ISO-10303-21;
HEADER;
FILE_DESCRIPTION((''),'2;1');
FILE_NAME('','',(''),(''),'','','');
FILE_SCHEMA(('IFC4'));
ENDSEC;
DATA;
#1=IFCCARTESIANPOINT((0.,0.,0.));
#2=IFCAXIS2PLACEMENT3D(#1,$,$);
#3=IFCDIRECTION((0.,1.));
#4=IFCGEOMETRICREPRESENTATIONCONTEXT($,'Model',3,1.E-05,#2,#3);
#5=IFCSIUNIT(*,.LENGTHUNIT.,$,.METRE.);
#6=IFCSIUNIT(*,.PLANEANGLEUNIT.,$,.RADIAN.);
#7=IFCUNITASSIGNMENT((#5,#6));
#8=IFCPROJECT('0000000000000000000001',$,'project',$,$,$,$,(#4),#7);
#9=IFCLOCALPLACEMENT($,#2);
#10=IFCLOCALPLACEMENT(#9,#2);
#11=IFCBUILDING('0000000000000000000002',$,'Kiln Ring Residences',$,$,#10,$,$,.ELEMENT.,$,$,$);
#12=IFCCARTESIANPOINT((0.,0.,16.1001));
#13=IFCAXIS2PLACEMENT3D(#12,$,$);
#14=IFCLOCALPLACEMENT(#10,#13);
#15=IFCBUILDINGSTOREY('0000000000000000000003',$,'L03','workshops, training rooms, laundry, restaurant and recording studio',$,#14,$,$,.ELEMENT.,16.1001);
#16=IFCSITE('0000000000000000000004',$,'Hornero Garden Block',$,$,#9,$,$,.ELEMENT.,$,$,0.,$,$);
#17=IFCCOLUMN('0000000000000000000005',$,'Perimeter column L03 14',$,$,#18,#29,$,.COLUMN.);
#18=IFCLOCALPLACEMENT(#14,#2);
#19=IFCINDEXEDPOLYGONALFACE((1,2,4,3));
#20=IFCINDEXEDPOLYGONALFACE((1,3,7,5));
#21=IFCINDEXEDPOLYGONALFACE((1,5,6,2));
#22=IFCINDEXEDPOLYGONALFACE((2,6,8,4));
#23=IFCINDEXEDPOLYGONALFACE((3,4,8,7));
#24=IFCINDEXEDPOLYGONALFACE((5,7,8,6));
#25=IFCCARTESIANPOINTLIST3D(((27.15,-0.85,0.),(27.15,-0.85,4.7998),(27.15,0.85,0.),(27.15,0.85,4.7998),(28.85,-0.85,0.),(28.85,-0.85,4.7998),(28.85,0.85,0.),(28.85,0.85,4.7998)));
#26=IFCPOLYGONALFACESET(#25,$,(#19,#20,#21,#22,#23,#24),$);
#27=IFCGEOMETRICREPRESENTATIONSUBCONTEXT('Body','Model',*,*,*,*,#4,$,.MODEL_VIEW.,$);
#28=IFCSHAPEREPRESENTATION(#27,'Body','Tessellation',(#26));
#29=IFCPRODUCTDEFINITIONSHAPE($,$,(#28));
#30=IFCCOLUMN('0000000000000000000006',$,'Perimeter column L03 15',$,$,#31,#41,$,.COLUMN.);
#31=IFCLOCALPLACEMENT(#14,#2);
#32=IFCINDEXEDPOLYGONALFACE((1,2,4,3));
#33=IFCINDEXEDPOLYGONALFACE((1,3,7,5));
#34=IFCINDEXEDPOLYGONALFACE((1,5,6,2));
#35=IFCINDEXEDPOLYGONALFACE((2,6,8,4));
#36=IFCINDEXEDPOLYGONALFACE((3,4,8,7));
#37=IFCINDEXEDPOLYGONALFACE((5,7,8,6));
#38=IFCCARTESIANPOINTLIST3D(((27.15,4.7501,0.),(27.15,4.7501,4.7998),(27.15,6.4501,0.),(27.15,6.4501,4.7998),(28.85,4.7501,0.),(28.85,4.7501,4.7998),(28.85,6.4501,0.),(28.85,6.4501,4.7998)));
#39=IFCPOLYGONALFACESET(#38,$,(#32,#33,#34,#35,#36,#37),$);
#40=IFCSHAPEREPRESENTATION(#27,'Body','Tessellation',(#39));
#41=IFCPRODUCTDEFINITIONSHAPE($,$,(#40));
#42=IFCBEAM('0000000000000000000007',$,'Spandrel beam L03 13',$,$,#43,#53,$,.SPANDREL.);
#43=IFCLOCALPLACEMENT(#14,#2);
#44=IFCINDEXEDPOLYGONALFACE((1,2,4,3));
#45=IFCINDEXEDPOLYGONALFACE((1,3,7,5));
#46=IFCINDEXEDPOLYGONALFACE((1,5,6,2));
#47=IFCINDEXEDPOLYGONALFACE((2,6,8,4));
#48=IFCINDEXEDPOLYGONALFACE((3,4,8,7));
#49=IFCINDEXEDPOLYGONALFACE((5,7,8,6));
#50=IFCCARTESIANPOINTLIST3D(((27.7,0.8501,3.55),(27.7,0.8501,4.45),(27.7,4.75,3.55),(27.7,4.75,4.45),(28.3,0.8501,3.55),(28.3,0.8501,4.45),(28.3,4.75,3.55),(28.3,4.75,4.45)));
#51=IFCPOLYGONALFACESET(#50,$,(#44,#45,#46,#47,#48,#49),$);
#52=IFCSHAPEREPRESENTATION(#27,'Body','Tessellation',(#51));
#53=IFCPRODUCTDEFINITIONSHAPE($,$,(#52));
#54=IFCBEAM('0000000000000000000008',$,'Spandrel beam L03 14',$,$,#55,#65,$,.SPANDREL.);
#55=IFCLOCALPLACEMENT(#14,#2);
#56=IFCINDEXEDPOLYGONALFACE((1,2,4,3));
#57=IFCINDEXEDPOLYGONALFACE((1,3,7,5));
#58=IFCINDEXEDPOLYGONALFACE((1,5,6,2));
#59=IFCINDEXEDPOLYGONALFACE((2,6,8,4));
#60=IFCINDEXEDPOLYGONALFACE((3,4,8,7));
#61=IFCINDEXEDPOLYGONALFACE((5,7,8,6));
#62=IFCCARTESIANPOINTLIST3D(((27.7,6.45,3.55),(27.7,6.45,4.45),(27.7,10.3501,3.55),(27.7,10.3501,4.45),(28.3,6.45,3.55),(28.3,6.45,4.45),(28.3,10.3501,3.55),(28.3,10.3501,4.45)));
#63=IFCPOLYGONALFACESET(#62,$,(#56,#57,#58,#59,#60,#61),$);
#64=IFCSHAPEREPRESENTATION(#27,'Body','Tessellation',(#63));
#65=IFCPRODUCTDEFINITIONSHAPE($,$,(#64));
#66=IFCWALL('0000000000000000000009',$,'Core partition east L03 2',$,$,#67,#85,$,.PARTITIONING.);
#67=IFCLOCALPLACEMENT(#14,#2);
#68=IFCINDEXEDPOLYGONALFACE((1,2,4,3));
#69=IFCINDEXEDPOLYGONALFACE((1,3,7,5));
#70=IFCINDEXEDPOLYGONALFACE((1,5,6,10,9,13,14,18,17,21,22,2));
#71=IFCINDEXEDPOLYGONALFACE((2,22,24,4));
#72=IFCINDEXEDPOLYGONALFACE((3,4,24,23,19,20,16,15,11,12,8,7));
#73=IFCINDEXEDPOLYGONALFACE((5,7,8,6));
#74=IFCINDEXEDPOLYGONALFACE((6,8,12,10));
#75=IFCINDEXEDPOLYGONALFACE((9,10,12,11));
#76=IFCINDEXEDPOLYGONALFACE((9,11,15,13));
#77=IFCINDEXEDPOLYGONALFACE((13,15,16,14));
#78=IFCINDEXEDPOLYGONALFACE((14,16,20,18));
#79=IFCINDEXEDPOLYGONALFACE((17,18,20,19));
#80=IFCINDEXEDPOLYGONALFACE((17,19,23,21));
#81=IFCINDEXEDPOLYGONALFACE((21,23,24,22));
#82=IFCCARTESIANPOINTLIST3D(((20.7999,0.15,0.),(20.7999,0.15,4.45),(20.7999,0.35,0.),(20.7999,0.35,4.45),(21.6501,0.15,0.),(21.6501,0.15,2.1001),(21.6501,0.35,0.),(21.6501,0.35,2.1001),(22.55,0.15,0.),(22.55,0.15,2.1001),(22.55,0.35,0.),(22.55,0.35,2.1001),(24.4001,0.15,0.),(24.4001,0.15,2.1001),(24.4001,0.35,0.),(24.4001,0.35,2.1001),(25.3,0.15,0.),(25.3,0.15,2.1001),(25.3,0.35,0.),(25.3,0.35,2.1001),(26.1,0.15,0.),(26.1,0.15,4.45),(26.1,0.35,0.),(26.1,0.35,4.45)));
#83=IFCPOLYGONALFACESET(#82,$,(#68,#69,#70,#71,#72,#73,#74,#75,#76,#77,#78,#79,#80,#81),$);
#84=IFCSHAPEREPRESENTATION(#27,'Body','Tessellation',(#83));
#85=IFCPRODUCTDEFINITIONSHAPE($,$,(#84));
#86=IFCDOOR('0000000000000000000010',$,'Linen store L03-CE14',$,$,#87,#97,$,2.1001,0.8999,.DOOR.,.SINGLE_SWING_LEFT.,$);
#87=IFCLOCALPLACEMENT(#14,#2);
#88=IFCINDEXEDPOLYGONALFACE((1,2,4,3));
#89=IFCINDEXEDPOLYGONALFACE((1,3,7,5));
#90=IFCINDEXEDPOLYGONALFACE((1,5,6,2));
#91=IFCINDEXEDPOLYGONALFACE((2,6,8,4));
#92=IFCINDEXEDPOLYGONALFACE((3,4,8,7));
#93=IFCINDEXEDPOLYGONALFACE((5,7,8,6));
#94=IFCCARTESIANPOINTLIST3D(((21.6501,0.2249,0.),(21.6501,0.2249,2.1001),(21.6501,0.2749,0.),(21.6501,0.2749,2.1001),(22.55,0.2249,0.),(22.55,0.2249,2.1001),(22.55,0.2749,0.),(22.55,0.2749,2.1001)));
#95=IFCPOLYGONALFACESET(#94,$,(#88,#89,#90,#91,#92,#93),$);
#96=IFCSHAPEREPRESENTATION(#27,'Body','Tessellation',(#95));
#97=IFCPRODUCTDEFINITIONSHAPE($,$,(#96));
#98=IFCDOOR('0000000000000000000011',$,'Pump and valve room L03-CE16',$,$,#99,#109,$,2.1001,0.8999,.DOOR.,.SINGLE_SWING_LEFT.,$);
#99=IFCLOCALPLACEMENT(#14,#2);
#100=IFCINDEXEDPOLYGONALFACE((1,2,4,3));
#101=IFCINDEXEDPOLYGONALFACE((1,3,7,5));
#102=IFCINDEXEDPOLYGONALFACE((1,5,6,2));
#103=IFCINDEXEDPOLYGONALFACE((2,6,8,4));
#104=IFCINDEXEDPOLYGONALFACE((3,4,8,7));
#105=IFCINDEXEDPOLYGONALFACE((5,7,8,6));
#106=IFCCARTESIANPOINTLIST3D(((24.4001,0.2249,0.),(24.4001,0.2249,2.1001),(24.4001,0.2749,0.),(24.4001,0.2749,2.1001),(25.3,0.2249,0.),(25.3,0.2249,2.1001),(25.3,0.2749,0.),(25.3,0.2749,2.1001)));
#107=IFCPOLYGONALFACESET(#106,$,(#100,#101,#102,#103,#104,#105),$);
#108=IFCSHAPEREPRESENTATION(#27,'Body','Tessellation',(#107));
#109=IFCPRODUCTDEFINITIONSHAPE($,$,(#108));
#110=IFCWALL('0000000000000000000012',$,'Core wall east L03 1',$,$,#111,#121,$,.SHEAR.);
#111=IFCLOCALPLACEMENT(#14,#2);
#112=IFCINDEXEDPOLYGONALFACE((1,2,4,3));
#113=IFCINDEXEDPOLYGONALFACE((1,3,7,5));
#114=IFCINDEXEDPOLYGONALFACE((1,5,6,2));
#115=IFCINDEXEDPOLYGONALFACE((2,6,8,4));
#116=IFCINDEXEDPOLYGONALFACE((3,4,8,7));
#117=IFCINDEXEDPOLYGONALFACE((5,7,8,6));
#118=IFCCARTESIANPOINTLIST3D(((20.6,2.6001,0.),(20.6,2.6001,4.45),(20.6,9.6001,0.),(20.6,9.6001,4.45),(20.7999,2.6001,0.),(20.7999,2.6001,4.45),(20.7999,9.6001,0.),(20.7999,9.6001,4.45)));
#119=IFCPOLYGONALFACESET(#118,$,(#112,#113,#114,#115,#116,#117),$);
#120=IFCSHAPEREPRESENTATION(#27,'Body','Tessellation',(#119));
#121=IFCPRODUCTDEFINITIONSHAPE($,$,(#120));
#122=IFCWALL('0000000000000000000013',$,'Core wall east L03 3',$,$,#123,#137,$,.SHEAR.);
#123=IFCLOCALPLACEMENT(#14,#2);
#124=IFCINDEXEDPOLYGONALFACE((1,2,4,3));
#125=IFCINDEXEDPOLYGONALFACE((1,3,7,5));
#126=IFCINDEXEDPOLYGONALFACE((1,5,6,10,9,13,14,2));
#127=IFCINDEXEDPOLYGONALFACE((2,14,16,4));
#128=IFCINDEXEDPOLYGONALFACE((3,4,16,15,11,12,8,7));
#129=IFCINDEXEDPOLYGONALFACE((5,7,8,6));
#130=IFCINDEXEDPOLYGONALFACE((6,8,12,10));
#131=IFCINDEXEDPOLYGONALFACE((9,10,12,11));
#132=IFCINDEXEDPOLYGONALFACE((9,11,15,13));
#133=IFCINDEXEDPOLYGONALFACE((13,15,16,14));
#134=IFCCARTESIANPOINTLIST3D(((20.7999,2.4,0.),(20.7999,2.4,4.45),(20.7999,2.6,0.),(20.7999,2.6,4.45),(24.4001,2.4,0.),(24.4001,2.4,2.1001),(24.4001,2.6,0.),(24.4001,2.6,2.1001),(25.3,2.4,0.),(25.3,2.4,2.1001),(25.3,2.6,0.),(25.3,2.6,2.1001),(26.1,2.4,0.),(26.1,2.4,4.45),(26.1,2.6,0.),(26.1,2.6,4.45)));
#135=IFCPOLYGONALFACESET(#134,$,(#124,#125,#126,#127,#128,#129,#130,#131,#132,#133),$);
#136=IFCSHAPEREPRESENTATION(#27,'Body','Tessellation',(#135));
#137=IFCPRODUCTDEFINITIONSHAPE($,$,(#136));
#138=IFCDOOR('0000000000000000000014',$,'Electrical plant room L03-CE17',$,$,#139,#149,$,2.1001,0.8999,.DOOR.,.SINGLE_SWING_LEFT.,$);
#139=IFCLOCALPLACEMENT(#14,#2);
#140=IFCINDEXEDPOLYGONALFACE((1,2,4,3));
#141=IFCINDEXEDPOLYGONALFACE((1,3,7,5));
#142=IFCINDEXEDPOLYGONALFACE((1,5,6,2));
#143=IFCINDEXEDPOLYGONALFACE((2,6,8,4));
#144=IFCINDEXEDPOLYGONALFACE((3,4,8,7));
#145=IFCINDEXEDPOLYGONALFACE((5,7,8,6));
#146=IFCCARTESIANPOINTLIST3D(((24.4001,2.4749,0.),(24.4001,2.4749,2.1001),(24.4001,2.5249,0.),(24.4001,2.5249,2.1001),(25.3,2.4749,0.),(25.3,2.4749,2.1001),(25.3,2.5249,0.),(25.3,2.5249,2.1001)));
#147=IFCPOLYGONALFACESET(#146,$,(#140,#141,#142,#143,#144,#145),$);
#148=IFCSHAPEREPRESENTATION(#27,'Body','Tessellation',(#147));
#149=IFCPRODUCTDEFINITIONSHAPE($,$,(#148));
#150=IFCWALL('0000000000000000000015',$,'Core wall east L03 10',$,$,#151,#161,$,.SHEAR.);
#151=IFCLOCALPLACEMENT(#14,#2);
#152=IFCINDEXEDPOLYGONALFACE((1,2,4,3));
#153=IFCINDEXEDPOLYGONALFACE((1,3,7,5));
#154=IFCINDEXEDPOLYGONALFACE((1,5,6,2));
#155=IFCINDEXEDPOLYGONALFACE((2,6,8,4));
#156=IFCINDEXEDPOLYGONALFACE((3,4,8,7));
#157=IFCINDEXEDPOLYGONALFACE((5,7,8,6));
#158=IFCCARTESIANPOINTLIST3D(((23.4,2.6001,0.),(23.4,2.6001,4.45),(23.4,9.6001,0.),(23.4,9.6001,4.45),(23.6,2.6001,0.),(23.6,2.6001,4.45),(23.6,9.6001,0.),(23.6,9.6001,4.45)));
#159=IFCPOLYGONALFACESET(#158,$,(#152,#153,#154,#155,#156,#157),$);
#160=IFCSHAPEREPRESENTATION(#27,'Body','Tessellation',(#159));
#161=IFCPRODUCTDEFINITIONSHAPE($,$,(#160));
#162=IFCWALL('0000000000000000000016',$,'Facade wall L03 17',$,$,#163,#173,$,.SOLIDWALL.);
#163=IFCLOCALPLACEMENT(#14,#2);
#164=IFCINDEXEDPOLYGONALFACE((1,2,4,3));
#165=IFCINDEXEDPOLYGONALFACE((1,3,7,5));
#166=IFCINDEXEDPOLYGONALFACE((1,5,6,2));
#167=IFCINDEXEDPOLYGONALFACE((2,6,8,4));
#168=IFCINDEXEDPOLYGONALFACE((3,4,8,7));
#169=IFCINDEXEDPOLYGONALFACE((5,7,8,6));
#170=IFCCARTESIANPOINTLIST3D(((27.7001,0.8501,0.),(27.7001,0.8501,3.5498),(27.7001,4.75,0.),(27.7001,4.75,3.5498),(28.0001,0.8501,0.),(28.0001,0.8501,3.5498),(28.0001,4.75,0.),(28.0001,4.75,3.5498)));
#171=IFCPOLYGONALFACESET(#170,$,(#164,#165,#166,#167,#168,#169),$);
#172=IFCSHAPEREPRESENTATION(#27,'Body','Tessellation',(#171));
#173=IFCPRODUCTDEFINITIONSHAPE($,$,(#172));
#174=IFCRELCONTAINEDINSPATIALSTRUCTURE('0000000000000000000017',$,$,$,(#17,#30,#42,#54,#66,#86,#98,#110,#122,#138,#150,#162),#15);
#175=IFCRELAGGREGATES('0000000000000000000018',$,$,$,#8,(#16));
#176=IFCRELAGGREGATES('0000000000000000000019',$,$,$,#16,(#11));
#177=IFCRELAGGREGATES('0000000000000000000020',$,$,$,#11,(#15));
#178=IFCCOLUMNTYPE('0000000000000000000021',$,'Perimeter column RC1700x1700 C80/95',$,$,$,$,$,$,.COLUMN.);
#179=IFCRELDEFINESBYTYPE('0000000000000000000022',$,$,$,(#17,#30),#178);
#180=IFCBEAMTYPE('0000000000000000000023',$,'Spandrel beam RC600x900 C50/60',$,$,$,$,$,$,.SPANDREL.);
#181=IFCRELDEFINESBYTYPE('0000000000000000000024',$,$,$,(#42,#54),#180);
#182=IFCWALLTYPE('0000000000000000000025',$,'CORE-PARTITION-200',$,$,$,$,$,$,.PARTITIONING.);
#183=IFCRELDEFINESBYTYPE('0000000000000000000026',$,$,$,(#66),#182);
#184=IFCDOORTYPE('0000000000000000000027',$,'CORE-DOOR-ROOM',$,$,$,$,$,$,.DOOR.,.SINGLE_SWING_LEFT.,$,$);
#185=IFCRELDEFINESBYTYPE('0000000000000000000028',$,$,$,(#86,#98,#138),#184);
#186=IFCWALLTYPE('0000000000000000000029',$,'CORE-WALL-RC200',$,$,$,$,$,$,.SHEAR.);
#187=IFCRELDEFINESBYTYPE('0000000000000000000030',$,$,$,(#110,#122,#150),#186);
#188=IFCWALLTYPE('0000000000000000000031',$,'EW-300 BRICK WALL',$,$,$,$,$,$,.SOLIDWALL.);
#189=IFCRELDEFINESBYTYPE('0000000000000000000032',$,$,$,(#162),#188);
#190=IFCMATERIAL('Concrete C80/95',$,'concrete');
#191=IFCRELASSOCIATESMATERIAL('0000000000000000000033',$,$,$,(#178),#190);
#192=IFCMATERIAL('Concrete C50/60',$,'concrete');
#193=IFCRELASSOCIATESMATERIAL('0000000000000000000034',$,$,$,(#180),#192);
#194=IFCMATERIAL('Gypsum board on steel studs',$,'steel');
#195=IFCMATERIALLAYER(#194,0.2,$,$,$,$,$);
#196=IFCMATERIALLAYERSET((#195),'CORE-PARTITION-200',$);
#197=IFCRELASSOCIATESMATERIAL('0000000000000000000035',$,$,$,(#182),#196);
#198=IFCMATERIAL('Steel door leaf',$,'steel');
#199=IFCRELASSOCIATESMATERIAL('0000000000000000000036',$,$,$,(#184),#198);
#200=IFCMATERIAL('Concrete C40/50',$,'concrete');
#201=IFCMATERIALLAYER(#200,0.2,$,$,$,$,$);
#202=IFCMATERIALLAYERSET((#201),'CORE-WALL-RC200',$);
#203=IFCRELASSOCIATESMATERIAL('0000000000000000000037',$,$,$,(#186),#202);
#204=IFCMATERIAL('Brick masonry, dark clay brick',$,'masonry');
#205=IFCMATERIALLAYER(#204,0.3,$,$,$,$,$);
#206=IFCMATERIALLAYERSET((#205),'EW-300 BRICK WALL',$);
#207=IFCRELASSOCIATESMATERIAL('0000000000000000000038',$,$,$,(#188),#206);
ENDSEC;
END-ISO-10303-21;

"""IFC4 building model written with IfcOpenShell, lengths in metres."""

from ifc_helpers import new_model, si_unit, direction, frame, frame_2d, origin, origin_2d, place, context, subcontext, project, spatial, rectangle, extrude, material, layer, layer_set, material_profile, profile_set, type_object, element, fill, save


model = new_model("IFC4")

# Units and contexts
model_context = context("Model", 3, precision=1e-05, world=origin(), true_north=direction((0.0, 1.0)))
body_context = subcontext(model_context, "Body", "Model", "MODEL_VIEW")
ifc_project = project(units=[si_unit("LENGTHUNIT", "METRE"), si_unit("PLANEANGLEUNIT", "RADIAN")], contexts=[model_context])

# Site, building, storey
site_placement = place(None, origin())
site = spatial("IfcSite", under=ifc_project, at=site_placement, Name="Hornero Garden Block", CompositionType="ELEMENT", RefElevation=0.0)
building_placement = place(site_placement, origin())
building = spatial("IfcBuilding", under=site, at=building_placement, Name="Kiln Ring Residences", CompositionType="ELEMENT")
storey_placement = place(building_placement, frame((0.0, 0.0, 16.1001)))
storey = spatial("IfcBuildingStorey", under=building, at=storey_placement, Name="L03", Description="workshops, training rooms, laundry, restaurant and recording studio", CompositionType="ELEMENT", Elevation=16.1001)

# Columns
ifc_material_1 = material(Name="Concrete C80/95", Category="concrete")
ifc_material_profile_1 = material_profile(ifc_material_1, rectangle(XDim=1.7, YDim=1.7, at=origin_2d()), Name="RC1700x1700")
ifc_profile_set_1 = profile_set([ifc_material_profile_1], Name="Concrete C80/95")
column_type = type_object("IfcColumnType", Name="Perimeter column RC1700x1700 C80/95", PredefinedType="COLUMN", material=ifc_profile_set_1)
for number, where, z_axis, x_axis, name in (
    (1, (28.0, 0.0, 0.0), (0.0, 0.0, 1.0), (1.0, 0.0, 0.0), "Perimeter column L03 14"),
    (2, (28.0, 5.6001, 0.0), (0.0, 0.0, 1.0), (1.0, 0.0, 0.0), "Perimeter column L03 15"),
):
    element("IfcColumn", number, at=place(storey_placement, frame(where, z_axis=z_axis, x_axis=x_axis)), inside=storey, type_object=column_type, Name=name, PredefinedType="COLUMN", context=body_context, shape_type="SweptSolid", body=[
        extrude(rectangle(XDim=1.7, YDim=1.7, at=origin_2d()), origin(), (0.0, 0.0, 1.0), 4.7998),
    ])

# Beams
ifc_material_2 = material(Name="Concrete C50/60", Category="concrete")
ifc_material_profile_2 = material_profile(ifc_material_2, rectangle(XDim=0.6001, YDim=0.8999, at=origin_2d()), Name="RC600x900")
ifc_profile_set_2 = profile_set([ifc_material_profile_2], Name="Concrete C50/60")
beam_type = type_object("IfcBeamType", Name="Spandrel beam RC600x900 C50/60", PredefinedType="SPANDREL", material=ifc_profile_set_2)
beam_1_placement = place(storey_placement, frame((28.0, 0.8501, 4.0), z_axis=(0.0, 1.0, 0.0), x_axis=(-1.0, 0.0, 0.0)))
element("IfcBeam", 3, at=beam_1_placement, inside=storey, type_object=beam_type, Name="Spandrel beam L03 13", PredefinedType="SPANDREL", context=body_context, shape_type="SweptSolid", body=[
    extrude(rectangle(XDim=0.6001, YDim=0.8999, at=origin_2d()), origin(), (0.0, 0.0, 1.0), 3.8999),
])
beam_2_placement = place(storey_placement, frame((28.0, 6.45, 4.0), z_axis=(0.0, 1.0, 0.0), x_axis=(-1.0, 0.0, 0.0)))
element("IfcBeam", 4, at=beam_2_placement, inside=storey, type_object=beam_type, Name="Spandrel beam L03 14", PredefinedType="SPANDREL", context=body_context, shape_type="SweptSolid", body=[
    extrude(rectangle(XDim=0.6001, YDim=0.8999, at=origin_2d()), origin(), (0.0, 0.0, 1.0), 3.9001),
])

# Wall, openings, doors
ifc_material_3 = material(Name="Gypsum board on steel studs", Category="steel")
ifc_layer_1 = layer(ifc_material_3, 0.2)
ifc_layer_set_1 = layer_set([ifc_layer_1], Name="CORE-PARTITION-200")
wall_type_1 = type_object("IfcWallType", Name="CORE-PARTITION-200", PredefinedType="PARTITIONING", material=ifc_layer_set_1)
wall_1_placement = place(storey_placement, frame((20.8, 0.25, 0.0), z_axis=(0.0, 0.0, 1.0), x_axis=(1.0, 0.0, 0.0)))
wall_1 = element("IfcWall", 5, at=wall_1_placement, inside=storey, type_object=wall_type_1, Name="Core partition east L03 2", PredefinedType="PARTITIONING", context=body_context, shape_type="SweptSolid", body=[
    extrude(rectangle(XDim=5.3, YDim=0.2, at=frame_2d((2.6499, 0.0))), origin(), (0.0, 0.0, 1.0), 4.45),
])
opening_1_placement = place(wall_1_placement, frame((0.8501, 0.0, 0.0)))
opening_1 = element("IfcOpeningElement", 6, at=opening_1_placement, cuts=wall_1, PredefinedType="OPENING", context=body_context, shape_type="SweptSolid", body=[
    extrude(rectangle(XDim=0.8999, YDim=2.1001, at=frame_2d((0.45, 1.05))), frame((0.0, 0.1099, 0.0), z_axis=(0.0, -1.0, 0.0), x_axis=(1.0, 0.0, 0.0)), (0.0, 0.0, 1.0), 0.22),
])
opening_2_placement = place(wall_1_placement, frame((3.6001, 0.0, 0.0)))
opening_2 = element("IfcOpeningElement", 7, at=opening_2_placement, cuts=wall_1, PredefinedType="OPENING", context=body_context, shape_type="SweptSolid", body=[
    extrude(rectangle(XDim=0.8999, YDim=2.1001, at=frame_2d((0.45, 1.05))), frame((0.0, 0.1099, 0.0), z_axis=(0.0, -1.0, 0.0), x_axis=(1.0, 0.0, 0.0)), (0.0, 0.0, 1.0), 0.22),
])
ifc_material_4 = material(Name="Steel door leaf", Category="steel")
door_type = type_object("IfcDoorType", Name="CORE-DOOR-ROOM", OperationType="SINGLE_SWING_LEFT", PredefinedType="DOOR", material=ifc_material_4)
door_1_placement = place(opening_1_placement, origin())
door_1 = element("IfcDoor", 8, at=door_1_placement, inside=storey, type_object=door_type, Name="Linen store L03-CE14", OperationType="SINGLE_SWING_LEFT", OverallHeight=2.1001, OverallWidth=0.8999, PredefinedType="DOOR", context=body_context, shape_type="SweptSolid", body=[
    extrude(rectangle(XDim=0.8999, YDim=2.1001, at=frame_2d((0.45, 1.05))), frame((0.0, 0.0249, 0.0), z_axis=(0.0, -1.0, 0.0), x_axis=(1.0, 0.0, 0.0)), (0.0, 0.0, 1.0), 0.05),
])
fill(opening_1, door_1)
door_2_placement = place(opening_2_placement, origin())
door_2 = element("IfcDoor", 9, at=door_2_placement, inside=storey, type_object=door_type, Name="Pump and valve room L03-CE16", OperationType="SINGLE_SWING_LEFT", OverallHeight=2.1001, OverallWidth=0.8999, PredefinedType="DOOR", context=body_context, shape_type="SweptSolid", body=[
    extrude(rectangle(XDim=0.8999, YDim=2.1001, at=frame_2d((0.45, 1.05))), frame((0.0, 0.0249, 0.0), z_axis=(0.0, -1.0, 0.0), x_axis=(1.0, 0.0, 0.0)), (0.0, 0.0, 1.0), 0.05),
])
fill(opening_2, door_2)

# Wall
ifc_material_5 = material(Name="Concrete C40/50", Category="concrete")
ifc_layer_2 = layer(ifc_material_5, 0.2)
ifc_layer_set_2 = layer_set([ifc_layer_2], Name="CORE-WALL-RC200")
wall_type_2 = type_object("IfcWallType", Name="CORE-WALL-RC200", PredefinedType="SHEAR", material=ifc_layer_set_2)
wall_2_placement = place(storey_placement, frame((20.7, 2.6001, 0.0), z_axis=(0.0, 0.0, 1.0), x_axis=(0.0, 1.0, 0.0)))
element("IfcWall", 10, at=wall_2_placement, inside=storey, type_object=wall_type_2, Name="Core wall east L03 1", PredefinedType="SHEAR", context=body_context, shape_type="SweptSolid", body=[
    extrude(rectangle(XDim=7.0, YDim=0.2, at=frame_2d((3.5, 0.0))), origin(), (0.0, 0.0, 1.0), 4.45),
])

# Wall, opening, door
wall_3_placement = place(storey_placement, frame((20.8, 2.5, 0.0), z_axis=(0.0, 0.0, 1.0), x_axis=(1.0, 0.0, 0.0)))
wall_3 = element("IfcWall", 11, at=wall_3_placement, inside=storey, type_object=wall_type_2, Name="Core wall east L03 3", PredefinedType="SHEAR", context=body_context, shape_type="SweptSolid", body=[
    extrude(rectangle(XDim=5.3, YDim=0.2, at=frame_2d((2.6499, 0.0))), origin(), (0.0, 0.0, 1.0), 4.45),
])
opening_3_placement = place(wall_3_placement, frame((3.6001, 0.0, 0.0)))
opening_3 = element("IfcOpeningElement", 12, at=opening_3_placement, cuts=wall_3, PredefinedType="OPENING", context=body_context, shape_type="SweptSolid", body=[
    extrude(rectangle(XDim=0.8999, YDim=2.1001, at=frame_2d((0.45, 1.05))), frame((0.0, 0.1099, 0.0), z_axis=(0.0, -1.0, 0.0), x_axis=(1.0, 0.0, 0.0)), (0.0, 0.0, 1.0), 0.22),
])
door_3_placement = place(opening_3_placement, origin())
door_3 = element("IfcDoor", 13, at=door_3_placement, inside=storey, type_object=door_type, Name="Electrical plant room L03-CE17", OperationType="SINGLE_SWING_LEFT", OverallHeight=2.1001, OverallWidth=0.8999, PredefinedType="DOOR", context=body_context, shape_type="SweptSolid", body=[
    extrude(rectangle(XDim=0.8999, YDim=2.1001, at=frame_2d((0.45, 1.05))), frame((0.0, 0.0249, 0.0), z_axis=(0.0, -1.0, 0.0), x_axis=(1.0, 0.0, 0.0)), (0.0, 0.0, 1.0), 0.05),
])
fill(opening_3, door_3)

# Walls
wall_4_placement = place(storey_placement, frame((23.5, 2.6001, 0.0), z_axis=(0.0, 0.0, 1.0), x_axis=(0.0, 1.0, 0.0)))
element("IfcWall", 14, at=wall_4_placement, inside=storey, type_object=wall_type_2, Name="Core wall east L03 10", PredefinedType="SHEAR", context=body_context, shape_type="SweptSolid", body=[
    extrude(rectangle(XDim=7.0, YDim=0.2, at=frame_2d((3.5, 0.0))), origin(), (0.0, 0.0, 1.0), 4.45),
])
ifc_material_6 = material(Name="Brick masonry, dark clay brick", Category="masonry")
ifc_layer_3 = layer(ifc_material_6, 0.3)
ifc_layer_set_3 = layer_set([ifc_layer_3], Name="EW-300 BRICK WALL")
wall_type_3 = type_object("IfcWallType", Name="EW-300 BRICK WALL", PredefinedType="SOLIDWALL", material=ifc_layer_set_3)
wall_5_placement = place(storey_placement, frame((27.8501, 0.8501, 0.0), z_axis=(0.0, 0.0, 1.0), x_axis=(0.0, 1.0, 0.0)))
element("IfcWall", 15, at=wall_5_placement, inside=storey, type_object=wall_type_3, Name="Facade wall L03 17", PredefinedType="SOLIDWALL", context=body_context, shape_type="SweptSolid", body=[
    extrude(rectangle(XDim=3.8999, YDim=0.3, at=frame_2d((1.95, 0.0))), origin(), (0.0, 0.0, 1.0), 3.5498),
])

save(model, "model.ifc")
